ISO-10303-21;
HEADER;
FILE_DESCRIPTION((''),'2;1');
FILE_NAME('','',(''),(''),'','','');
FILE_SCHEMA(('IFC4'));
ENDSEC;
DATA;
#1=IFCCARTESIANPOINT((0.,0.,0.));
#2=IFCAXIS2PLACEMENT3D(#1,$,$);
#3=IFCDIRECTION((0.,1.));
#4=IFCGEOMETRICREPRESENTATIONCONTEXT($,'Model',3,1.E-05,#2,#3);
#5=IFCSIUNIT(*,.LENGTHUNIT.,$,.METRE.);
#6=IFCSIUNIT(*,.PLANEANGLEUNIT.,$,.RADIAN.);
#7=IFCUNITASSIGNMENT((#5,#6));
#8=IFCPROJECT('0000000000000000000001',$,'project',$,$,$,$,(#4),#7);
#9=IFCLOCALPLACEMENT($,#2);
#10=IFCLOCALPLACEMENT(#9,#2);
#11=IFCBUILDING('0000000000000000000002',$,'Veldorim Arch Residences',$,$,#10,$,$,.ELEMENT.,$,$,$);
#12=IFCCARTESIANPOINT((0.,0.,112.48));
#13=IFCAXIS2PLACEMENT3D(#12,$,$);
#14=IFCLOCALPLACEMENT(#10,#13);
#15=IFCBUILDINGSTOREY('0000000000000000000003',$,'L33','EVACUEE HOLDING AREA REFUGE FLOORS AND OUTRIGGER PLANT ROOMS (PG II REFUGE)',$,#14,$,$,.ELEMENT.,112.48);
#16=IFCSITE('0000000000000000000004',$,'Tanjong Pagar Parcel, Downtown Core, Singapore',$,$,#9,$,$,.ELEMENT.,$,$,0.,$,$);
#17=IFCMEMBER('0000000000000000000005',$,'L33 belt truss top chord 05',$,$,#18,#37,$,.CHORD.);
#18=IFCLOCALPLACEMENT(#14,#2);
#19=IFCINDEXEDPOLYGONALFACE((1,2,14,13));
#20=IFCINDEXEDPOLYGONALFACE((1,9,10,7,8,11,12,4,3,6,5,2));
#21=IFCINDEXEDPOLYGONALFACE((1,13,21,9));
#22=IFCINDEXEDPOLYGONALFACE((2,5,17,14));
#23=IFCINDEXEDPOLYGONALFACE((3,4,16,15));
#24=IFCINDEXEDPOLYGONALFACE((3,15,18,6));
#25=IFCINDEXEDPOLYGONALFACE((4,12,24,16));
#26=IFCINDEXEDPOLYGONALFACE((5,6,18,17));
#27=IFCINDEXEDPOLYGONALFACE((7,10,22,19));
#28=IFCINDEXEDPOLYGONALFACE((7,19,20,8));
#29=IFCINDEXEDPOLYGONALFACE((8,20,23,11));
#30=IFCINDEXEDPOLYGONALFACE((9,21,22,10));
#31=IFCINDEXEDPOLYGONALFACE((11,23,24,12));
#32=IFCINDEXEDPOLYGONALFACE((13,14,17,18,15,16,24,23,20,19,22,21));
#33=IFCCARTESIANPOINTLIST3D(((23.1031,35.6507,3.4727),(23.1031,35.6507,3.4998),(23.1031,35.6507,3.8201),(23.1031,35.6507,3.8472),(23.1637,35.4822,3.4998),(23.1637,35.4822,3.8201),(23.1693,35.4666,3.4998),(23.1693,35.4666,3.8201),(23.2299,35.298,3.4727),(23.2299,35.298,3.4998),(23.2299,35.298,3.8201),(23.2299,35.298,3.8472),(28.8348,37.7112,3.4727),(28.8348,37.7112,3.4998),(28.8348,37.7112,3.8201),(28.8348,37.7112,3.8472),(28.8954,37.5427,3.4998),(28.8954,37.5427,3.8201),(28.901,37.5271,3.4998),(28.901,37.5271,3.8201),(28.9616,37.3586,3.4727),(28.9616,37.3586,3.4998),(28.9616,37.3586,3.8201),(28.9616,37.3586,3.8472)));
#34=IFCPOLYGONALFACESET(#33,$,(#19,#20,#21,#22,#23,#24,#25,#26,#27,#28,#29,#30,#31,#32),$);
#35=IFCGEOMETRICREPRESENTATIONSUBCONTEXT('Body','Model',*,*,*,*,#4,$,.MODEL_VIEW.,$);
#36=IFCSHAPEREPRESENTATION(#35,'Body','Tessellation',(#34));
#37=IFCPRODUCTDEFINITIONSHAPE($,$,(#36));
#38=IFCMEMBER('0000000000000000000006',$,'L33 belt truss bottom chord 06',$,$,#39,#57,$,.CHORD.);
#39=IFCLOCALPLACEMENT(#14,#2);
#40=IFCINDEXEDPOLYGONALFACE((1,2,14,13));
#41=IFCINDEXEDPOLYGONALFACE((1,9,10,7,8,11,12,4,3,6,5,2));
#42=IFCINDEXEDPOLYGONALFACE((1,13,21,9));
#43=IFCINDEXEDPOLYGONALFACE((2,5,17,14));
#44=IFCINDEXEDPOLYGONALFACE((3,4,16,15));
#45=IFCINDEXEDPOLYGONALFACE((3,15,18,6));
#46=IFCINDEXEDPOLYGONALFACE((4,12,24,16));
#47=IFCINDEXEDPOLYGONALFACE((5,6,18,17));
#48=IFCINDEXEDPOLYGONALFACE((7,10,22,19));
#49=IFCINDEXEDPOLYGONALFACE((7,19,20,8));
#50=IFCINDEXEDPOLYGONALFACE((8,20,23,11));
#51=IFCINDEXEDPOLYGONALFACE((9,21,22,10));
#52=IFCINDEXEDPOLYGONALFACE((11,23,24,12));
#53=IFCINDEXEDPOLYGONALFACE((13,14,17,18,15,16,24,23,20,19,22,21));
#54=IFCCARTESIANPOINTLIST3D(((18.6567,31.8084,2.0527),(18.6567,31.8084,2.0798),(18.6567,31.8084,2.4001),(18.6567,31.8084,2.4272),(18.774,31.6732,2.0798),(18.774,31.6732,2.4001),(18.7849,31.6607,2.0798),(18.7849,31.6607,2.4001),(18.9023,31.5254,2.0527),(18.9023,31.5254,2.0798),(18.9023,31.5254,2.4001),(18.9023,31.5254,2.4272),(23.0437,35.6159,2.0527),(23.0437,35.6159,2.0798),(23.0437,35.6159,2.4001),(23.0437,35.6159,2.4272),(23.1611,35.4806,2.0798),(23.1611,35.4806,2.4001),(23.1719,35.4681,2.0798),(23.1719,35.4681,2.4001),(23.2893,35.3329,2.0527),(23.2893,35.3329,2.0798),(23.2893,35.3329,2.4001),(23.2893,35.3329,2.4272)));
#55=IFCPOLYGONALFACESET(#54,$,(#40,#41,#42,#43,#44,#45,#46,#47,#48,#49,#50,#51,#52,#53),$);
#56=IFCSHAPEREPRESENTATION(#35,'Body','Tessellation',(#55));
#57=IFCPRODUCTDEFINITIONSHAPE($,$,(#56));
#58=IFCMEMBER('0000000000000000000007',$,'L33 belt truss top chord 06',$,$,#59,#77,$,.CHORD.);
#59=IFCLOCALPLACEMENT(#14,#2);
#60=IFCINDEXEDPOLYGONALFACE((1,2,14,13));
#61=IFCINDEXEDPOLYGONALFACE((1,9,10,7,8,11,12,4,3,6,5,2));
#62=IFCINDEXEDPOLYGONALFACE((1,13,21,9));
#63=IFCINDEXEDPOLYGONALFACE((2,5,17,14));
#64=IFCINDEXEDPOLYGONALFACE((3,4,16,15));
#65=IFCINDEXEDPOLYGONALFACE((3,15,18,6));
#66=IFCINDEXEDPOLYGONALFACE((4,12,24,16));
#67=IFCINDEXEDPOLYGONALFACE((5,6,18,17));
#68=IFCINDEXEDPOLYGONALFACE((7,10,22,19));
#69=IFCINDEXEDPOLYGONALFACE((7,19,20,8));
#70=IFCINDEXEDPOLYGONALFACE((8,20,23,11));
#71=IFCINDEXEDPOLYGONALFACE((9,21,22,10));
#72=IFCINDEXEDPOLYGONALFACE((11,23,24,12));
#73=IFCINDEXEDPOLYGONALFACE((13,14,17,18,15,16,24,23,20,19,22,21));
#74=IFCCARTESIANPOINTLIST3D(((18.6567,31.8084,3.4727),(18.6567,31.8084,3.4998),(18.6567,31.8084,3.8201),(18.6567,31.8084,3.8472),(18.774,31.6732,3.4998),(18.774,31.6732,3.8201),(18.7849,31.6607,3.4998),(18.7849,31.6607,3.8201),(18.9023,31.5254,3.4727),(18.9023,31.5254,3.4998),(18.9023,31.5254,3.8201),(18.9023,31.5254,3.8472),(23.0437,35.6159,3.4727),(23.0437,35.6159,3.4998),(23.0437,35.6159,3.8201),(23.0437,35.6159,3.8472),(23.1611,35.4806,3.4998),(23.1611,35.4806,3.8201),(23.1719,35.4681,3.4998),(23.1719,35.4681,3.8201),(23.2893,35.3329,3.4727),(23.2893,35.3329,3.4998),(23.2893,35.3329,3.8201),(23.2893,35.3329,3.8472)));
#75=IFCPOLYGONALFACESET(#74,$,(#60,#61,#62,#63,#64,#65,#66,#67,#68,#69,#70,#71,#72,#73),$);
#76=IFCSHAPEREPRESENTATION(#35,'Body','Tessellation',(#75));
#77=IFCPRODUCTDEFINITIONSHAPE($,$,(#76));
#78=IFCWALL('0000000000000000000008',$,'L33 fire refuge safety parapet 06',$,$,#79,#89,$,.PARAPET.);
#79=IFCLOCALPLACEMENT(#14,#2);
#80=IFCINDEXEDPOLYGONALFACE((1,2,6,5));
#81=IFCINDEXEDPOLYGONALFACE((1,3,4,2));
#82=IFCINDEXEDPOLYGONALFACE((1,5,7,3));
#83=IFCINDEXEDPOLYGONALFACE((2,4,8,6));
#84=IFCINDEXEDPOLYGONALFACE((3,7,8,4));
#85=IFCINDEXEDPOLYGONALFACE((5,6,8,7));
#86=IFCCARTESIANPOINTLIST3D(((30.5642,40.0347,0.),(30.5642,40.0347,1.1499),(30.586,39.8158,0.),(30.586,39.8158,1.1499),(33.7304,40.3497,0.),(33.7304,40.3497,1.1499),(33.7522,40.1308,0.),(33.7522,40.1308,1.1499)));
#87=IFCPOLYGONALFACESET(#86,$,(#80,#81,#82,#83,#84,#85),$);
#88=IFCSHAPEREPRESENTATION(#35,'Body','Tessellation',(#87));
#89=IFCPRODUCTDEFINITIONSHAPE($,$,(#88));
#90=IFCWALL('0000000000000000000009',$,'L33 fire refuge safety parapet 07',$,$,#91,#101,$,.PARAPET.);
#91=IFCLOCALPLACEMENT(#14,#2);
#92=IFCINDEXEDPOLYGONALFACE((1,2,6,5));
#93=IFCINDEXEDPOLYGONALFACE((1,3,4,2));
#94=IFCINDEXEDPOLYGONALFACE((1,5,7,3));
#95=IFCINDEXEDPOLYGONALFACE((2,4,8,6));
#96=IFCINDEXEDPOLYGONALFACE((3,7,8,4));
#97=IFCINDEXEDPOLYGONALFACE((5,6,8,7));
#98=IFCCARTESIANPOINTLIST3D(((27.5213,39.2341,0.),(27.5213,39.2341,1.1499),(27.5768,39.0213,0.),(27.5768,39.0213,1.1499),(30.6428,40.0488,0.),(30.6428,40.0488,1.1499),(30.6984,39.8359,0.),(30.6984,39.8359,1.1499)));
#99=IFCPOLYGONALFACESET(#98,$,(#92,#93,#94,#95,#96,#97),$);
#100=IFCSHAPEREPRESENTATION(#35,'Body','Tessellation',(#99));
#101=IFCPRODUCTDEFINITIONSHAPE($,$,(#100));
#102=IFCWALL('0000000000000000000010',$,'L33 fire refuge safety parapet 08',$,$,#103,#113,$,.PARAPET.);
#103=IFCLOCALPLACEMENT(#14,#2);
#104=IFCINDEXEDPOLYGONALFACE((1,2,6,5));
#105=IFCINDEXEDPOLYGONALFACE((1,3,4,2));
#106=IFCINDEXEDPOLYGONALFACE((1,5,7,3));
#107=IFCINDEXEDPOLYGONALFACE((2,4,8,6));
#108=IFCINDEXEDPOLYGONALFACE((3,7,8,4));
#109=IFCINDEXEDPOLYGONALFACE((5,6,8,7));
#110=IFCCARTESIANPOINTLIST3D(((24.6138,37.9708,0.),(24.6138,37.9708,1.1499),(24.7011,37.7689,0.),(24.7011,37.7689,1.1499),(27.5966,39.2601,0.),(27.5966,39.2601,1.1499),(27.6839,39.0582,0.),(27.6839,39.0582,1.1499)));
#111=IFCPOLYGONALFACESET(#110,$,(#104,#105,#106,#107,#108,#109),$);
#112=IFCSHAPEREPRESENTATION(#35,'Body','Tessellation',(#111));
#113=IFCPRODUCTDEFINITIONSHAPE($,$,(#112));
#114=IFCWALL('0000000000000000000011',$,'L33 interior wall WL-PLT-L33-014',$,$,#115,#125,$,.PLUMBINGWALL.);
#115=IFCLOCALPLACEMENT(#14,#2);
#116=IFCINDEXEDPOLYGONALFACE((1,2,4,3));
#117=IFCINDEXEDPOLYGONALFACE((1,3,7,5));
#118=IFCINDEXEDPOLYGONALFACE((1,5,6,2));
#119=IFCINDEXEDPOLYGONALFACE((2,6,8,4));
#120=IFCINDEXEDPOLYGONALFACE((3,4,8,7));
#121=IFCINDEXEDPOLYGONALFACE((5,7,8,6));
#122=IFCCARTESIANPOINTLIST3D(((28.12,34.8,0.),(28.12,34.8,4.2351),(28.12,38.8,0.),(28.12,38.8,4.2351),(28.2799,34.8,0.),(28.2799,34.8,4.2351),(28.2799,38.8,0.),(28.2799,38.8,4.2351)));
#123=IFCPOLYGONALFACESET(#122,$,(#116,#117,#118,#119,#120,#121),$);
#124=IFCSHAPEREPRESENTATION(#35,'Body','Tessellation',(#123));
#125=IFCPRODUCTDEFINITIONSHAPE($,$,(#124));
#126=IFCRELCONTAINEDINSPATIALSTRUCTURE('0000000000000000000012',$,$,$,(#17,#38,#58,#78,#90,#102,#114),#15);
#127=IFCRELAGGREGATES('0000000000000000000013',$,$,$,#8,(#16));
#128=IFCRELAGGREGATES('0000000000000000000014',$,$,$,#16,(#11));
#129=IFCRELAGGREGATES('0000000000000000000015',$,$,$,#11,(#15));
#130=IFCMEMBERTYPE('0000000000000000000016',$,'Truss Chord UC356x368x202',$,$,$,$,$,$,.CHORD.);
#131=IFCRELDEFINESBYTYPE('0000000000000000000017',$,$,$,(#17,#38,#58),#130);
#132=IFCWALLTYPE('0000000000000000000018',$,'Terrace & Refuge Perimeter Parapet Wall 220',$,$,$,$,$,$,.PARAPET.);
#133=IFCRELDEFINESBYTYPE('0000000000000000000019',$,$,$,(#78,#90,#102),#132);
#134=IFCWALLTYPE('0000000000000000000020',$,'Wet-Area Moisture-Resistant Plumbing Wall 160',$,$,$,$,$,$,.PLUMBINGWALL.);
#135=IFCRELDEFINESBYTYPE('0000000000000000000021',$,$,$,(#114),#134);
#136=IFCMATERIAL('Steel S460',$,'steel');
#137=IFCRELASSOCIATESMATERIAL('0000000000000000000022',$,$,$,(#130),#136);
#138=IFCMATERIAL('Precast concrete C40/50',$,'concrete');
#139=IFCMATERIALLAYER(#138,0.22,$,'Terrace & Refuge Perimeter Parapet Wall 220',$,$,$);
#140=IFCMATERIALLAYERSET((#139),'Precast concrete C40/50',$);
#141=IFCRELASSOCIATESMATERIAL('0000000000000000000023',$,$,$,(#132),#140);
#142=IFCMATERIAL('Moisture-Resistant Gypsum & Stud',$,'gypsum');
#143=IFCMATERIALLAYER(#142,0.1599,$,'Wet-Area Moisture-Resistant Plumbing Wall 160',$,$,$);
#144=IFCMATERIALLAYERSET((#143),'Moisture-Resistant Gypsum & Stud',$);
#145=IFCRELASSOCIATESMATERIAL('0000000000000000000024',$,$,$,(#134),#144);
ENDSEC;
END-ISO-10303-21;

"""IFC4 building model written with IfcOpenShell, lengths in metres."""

from ifc_helpers import new_model, si_unit, direction, frame, frame_2d, origin, origin_2d, place, context, subcontext, project, spatial, rectangle, i_section, extrude, material, layer, layer_set, material_profile, profile_set, type_object, element, save


model = new_model("IFC4")

# Units and contexts
model_context = context("Model", 3, precision=1e-05, world=origin(), true_north=direction((0.0, 1.0)))
body_context = subcontext(model_context, "Body", "Model", "MODEL_VIEW")
ifc_project = project(units=[si_unit("LENGTHUNIT", "METRE"), si_unit("PLANEANGLEUNIT", "RADIAN")], contexts=[model_context])

# Site, building, storey
site_placement = place(None, origin())
site = spatial("IfcSite", under=ifc_project, at=site_placement, Name="Tanjong Pagar Parcel, Downtown Core, Singapore", CompositionType="ELEMENT", RefElevation=0.0)
building_placement = place(site_placement, origin())
building = spatial("IfcBuilding", under=site, at=building_placement, Name="Veldorim Arch Residences", CompositionType="ELEMENT")
storey_placement = place(building_placement, frame((0.0, 0.0, 112.48)))
storey = spatial("IfcBuildingStorey", under=building, at=storey_placement, Name="L33", Description="EVACUEE HOLDING AREA REFUGE FLOORS AND OUTRIGGER PLANT ROOMS (PG II REFUGE)", CompositionType="ELEMENT", Elevation=112.48)

# Members
ifc_material_1 = material(Name="Steel S460", Category="steel")
ifc_material_profile_1 = material_profile(ifc_material_1, i_section(OverallWidth=0.3748, OverallDepth=0.3745, WebThickness=0.0166, FlangeThickness=0.0271, at=origin_2d()), Name="UC356x368x202")
ifc_profile_set_1 = profile_set([ifc_material_profile_1], Name="Steel S460")
member_type = type_object("IfcMemberType", Name="Truss Chord UC356x368x202", PredefinedType="CHORD", material=ifc_profile_set_1)
for number, where, z_axis, x_axis, name in (
    (1, (28.8982, 37.5349, 3.6599), (-0.941037, -0.338304, 0.0), (0.338304, -0.941037, 0.0), "L33 belt truss top chord 05"),
):
    element("IfcMember", number, at=place(storey_placement, frame(where, z_axis=z_axis, x_axis=x_axis)), inside=storey, type_object=member_type, Name=name, PredefinedType="CHORD", context=body_context, shape_type="SweptSolid", body=[
        extrude(i_section(OverallWidth=0.3748, OverallDepth=0.3745, WebThickness=0.0166, FlangeThickness=0.0271, at=origin_2d()), origin(), (0.0, 0.0, 1.0), 6.0908),
    ])
for number, where, z_axis, x_axis, name in (
    (2, (23.1665, 35.4744, 2.24), (-0.755234, -0.655455, 0.0), (0.655455, -0.755234, 0.0), "L33 belt truss bottom chord 06"),
    (3, (23.1665, 35.4744, 3.6599), (-0.755234, -0.655455, 0.0), (0.655455, -0.755234, 0.0), "L33 belt truss top chord 06"),
):
    element("IfcMember", number, at=place(storey_placement, frame(where, z_axis=z_axis, x_axis=x_axis)), inside=storey, type_object=member_type, Name=name, PredefinedType="CHORD", context=body_context, shape_type="SweptSolid", body=[
        extrude(i_section(OverallWidth=0.3748, OverallDepth=0.3745, WebThickness=0.0166, FlangeThickness=0.0271, at=origin_2d()), origin(), (0.0, 0.0, 1.0), 5.8088),
    ])

# Walls
ifc_material_2 = material(Name="Precast concrete C40/50", Category="concrete")
ifc_layer_1 = layer(ifc_material_2, 0.22, Name="Terrace & Refuge Perimeter Parapet Wall 220")
ifc_layer_set_1 = layer_set([ifc_layer_1], Name="Precast concrete C40/50")
wall_type_1 = type_object("IfcWallType", Name="Terrace & Refuge Perimeter Parapet Wall 220", PredefinedType="PARAPET", material=ifc_layer_set_1)
wall_1_placement = place(storey_placement, frame((30.5752, 39.9253, 0.0), z_axis=(0.0, 0.0, 1.0), x_axis=(0.995089, 0.09898, 0.0)))
element("IfcWall", 4, at=wall_1_placement, inside=storey, type_object=wall_type_1, Name="L33 fire refuge safety parapet 06", PredefinedType="PARAPET", context=body_context, shape_type="SweptSolid", body=[
    extrude(rectangle(XDim=3.1819, YDim=0.22, at=frame_2d((1.5908, 0.0))), origin(), (0.0, 0.0, 1.0), 1.1499),
])
wall_2_placement = place(storey_placement, frame((27.5491, 39.1277, 0.0), z_axis=(0.0, 0.0, 1.0), x_axis=(0.967589, 0.25253, 0.0)))
element("IfcWall", 5, at=wall_2_placement, inside=storey, type_object=wall_type_1, Name="L33 fire refuge safety parapet 07", PredefinedType="PARAPET", context=body_context, shape_type="SweptSolid", body=[
    extrude(rectangle(XDim=3.2261, YDim=0.22, at=frame_2d((1.613, 0.0))), origin(), (0.0, 0.0, 1.0), 1.1499),
])
wall_3_placement = place(storey_placement, frame((24.6575, 37.8699, 0.0), z_axis=(0.0, 0.0, 1.0), x_axis=(0.917924, 0.396755, 0.0)))
element("IfcWall", 6, at=wall_3_placement, inside=storey, type_object=wall_type_1, Name="L33 fire refuge safety parapet 08", PredefinedType="PARAPET", context=body_context, shape_type="SweptSolid", body=[
    extrude(rectangle(XDim=3.2495, YDim=0.22, at=frame_2d((1.6248, 0.0))), origin(), (0.0, 0.0, 1.0), 1.1499),
])
ifc_material_3 = material(Name="Moisture-Resistant Gypsum & Stud", Category="gypsum")
ifc_layer_2 = layer(ifc_material_3, 0.1599, Name="Wet-Area Moisture-Resistant Plumbing Wall 160")
ifc_layer_set_2 = layer_set([ifc_layer_2], Name="Moisture-Resistant Gypsum & Stud")
wall_type_2 = type_object("IfcWallType", Name="Wet-Area Moisture-Resistant Plumbing Wall 160", PredefinedType="PLUMBINGWALL", material=ifc_layer_set_2)
wall_4_placement = place(storey_placement, frame((28.2, 34.8, 0.0), z_axis=(0.0, 0.0, 1.0), x_axis=(0.0, 1.0, 0.0)))
element("IfcWall", 7, at=wall_4_placement, inside=storey, type_object=wall_type_2, Name="L33 interior wall WL-PLT-L33-014", PredefinedType="PLUMBINGWALL", context=body_context, shape_type="SweptSolid", body=[
    extrude(rectangle(XDim=4.0, YDim=0.1599, at=frame_2d((2.0, 0.0))), origin(), (0.0, 0.0, 1.0), 4.2351),
])

save(model, "model.ifc")
